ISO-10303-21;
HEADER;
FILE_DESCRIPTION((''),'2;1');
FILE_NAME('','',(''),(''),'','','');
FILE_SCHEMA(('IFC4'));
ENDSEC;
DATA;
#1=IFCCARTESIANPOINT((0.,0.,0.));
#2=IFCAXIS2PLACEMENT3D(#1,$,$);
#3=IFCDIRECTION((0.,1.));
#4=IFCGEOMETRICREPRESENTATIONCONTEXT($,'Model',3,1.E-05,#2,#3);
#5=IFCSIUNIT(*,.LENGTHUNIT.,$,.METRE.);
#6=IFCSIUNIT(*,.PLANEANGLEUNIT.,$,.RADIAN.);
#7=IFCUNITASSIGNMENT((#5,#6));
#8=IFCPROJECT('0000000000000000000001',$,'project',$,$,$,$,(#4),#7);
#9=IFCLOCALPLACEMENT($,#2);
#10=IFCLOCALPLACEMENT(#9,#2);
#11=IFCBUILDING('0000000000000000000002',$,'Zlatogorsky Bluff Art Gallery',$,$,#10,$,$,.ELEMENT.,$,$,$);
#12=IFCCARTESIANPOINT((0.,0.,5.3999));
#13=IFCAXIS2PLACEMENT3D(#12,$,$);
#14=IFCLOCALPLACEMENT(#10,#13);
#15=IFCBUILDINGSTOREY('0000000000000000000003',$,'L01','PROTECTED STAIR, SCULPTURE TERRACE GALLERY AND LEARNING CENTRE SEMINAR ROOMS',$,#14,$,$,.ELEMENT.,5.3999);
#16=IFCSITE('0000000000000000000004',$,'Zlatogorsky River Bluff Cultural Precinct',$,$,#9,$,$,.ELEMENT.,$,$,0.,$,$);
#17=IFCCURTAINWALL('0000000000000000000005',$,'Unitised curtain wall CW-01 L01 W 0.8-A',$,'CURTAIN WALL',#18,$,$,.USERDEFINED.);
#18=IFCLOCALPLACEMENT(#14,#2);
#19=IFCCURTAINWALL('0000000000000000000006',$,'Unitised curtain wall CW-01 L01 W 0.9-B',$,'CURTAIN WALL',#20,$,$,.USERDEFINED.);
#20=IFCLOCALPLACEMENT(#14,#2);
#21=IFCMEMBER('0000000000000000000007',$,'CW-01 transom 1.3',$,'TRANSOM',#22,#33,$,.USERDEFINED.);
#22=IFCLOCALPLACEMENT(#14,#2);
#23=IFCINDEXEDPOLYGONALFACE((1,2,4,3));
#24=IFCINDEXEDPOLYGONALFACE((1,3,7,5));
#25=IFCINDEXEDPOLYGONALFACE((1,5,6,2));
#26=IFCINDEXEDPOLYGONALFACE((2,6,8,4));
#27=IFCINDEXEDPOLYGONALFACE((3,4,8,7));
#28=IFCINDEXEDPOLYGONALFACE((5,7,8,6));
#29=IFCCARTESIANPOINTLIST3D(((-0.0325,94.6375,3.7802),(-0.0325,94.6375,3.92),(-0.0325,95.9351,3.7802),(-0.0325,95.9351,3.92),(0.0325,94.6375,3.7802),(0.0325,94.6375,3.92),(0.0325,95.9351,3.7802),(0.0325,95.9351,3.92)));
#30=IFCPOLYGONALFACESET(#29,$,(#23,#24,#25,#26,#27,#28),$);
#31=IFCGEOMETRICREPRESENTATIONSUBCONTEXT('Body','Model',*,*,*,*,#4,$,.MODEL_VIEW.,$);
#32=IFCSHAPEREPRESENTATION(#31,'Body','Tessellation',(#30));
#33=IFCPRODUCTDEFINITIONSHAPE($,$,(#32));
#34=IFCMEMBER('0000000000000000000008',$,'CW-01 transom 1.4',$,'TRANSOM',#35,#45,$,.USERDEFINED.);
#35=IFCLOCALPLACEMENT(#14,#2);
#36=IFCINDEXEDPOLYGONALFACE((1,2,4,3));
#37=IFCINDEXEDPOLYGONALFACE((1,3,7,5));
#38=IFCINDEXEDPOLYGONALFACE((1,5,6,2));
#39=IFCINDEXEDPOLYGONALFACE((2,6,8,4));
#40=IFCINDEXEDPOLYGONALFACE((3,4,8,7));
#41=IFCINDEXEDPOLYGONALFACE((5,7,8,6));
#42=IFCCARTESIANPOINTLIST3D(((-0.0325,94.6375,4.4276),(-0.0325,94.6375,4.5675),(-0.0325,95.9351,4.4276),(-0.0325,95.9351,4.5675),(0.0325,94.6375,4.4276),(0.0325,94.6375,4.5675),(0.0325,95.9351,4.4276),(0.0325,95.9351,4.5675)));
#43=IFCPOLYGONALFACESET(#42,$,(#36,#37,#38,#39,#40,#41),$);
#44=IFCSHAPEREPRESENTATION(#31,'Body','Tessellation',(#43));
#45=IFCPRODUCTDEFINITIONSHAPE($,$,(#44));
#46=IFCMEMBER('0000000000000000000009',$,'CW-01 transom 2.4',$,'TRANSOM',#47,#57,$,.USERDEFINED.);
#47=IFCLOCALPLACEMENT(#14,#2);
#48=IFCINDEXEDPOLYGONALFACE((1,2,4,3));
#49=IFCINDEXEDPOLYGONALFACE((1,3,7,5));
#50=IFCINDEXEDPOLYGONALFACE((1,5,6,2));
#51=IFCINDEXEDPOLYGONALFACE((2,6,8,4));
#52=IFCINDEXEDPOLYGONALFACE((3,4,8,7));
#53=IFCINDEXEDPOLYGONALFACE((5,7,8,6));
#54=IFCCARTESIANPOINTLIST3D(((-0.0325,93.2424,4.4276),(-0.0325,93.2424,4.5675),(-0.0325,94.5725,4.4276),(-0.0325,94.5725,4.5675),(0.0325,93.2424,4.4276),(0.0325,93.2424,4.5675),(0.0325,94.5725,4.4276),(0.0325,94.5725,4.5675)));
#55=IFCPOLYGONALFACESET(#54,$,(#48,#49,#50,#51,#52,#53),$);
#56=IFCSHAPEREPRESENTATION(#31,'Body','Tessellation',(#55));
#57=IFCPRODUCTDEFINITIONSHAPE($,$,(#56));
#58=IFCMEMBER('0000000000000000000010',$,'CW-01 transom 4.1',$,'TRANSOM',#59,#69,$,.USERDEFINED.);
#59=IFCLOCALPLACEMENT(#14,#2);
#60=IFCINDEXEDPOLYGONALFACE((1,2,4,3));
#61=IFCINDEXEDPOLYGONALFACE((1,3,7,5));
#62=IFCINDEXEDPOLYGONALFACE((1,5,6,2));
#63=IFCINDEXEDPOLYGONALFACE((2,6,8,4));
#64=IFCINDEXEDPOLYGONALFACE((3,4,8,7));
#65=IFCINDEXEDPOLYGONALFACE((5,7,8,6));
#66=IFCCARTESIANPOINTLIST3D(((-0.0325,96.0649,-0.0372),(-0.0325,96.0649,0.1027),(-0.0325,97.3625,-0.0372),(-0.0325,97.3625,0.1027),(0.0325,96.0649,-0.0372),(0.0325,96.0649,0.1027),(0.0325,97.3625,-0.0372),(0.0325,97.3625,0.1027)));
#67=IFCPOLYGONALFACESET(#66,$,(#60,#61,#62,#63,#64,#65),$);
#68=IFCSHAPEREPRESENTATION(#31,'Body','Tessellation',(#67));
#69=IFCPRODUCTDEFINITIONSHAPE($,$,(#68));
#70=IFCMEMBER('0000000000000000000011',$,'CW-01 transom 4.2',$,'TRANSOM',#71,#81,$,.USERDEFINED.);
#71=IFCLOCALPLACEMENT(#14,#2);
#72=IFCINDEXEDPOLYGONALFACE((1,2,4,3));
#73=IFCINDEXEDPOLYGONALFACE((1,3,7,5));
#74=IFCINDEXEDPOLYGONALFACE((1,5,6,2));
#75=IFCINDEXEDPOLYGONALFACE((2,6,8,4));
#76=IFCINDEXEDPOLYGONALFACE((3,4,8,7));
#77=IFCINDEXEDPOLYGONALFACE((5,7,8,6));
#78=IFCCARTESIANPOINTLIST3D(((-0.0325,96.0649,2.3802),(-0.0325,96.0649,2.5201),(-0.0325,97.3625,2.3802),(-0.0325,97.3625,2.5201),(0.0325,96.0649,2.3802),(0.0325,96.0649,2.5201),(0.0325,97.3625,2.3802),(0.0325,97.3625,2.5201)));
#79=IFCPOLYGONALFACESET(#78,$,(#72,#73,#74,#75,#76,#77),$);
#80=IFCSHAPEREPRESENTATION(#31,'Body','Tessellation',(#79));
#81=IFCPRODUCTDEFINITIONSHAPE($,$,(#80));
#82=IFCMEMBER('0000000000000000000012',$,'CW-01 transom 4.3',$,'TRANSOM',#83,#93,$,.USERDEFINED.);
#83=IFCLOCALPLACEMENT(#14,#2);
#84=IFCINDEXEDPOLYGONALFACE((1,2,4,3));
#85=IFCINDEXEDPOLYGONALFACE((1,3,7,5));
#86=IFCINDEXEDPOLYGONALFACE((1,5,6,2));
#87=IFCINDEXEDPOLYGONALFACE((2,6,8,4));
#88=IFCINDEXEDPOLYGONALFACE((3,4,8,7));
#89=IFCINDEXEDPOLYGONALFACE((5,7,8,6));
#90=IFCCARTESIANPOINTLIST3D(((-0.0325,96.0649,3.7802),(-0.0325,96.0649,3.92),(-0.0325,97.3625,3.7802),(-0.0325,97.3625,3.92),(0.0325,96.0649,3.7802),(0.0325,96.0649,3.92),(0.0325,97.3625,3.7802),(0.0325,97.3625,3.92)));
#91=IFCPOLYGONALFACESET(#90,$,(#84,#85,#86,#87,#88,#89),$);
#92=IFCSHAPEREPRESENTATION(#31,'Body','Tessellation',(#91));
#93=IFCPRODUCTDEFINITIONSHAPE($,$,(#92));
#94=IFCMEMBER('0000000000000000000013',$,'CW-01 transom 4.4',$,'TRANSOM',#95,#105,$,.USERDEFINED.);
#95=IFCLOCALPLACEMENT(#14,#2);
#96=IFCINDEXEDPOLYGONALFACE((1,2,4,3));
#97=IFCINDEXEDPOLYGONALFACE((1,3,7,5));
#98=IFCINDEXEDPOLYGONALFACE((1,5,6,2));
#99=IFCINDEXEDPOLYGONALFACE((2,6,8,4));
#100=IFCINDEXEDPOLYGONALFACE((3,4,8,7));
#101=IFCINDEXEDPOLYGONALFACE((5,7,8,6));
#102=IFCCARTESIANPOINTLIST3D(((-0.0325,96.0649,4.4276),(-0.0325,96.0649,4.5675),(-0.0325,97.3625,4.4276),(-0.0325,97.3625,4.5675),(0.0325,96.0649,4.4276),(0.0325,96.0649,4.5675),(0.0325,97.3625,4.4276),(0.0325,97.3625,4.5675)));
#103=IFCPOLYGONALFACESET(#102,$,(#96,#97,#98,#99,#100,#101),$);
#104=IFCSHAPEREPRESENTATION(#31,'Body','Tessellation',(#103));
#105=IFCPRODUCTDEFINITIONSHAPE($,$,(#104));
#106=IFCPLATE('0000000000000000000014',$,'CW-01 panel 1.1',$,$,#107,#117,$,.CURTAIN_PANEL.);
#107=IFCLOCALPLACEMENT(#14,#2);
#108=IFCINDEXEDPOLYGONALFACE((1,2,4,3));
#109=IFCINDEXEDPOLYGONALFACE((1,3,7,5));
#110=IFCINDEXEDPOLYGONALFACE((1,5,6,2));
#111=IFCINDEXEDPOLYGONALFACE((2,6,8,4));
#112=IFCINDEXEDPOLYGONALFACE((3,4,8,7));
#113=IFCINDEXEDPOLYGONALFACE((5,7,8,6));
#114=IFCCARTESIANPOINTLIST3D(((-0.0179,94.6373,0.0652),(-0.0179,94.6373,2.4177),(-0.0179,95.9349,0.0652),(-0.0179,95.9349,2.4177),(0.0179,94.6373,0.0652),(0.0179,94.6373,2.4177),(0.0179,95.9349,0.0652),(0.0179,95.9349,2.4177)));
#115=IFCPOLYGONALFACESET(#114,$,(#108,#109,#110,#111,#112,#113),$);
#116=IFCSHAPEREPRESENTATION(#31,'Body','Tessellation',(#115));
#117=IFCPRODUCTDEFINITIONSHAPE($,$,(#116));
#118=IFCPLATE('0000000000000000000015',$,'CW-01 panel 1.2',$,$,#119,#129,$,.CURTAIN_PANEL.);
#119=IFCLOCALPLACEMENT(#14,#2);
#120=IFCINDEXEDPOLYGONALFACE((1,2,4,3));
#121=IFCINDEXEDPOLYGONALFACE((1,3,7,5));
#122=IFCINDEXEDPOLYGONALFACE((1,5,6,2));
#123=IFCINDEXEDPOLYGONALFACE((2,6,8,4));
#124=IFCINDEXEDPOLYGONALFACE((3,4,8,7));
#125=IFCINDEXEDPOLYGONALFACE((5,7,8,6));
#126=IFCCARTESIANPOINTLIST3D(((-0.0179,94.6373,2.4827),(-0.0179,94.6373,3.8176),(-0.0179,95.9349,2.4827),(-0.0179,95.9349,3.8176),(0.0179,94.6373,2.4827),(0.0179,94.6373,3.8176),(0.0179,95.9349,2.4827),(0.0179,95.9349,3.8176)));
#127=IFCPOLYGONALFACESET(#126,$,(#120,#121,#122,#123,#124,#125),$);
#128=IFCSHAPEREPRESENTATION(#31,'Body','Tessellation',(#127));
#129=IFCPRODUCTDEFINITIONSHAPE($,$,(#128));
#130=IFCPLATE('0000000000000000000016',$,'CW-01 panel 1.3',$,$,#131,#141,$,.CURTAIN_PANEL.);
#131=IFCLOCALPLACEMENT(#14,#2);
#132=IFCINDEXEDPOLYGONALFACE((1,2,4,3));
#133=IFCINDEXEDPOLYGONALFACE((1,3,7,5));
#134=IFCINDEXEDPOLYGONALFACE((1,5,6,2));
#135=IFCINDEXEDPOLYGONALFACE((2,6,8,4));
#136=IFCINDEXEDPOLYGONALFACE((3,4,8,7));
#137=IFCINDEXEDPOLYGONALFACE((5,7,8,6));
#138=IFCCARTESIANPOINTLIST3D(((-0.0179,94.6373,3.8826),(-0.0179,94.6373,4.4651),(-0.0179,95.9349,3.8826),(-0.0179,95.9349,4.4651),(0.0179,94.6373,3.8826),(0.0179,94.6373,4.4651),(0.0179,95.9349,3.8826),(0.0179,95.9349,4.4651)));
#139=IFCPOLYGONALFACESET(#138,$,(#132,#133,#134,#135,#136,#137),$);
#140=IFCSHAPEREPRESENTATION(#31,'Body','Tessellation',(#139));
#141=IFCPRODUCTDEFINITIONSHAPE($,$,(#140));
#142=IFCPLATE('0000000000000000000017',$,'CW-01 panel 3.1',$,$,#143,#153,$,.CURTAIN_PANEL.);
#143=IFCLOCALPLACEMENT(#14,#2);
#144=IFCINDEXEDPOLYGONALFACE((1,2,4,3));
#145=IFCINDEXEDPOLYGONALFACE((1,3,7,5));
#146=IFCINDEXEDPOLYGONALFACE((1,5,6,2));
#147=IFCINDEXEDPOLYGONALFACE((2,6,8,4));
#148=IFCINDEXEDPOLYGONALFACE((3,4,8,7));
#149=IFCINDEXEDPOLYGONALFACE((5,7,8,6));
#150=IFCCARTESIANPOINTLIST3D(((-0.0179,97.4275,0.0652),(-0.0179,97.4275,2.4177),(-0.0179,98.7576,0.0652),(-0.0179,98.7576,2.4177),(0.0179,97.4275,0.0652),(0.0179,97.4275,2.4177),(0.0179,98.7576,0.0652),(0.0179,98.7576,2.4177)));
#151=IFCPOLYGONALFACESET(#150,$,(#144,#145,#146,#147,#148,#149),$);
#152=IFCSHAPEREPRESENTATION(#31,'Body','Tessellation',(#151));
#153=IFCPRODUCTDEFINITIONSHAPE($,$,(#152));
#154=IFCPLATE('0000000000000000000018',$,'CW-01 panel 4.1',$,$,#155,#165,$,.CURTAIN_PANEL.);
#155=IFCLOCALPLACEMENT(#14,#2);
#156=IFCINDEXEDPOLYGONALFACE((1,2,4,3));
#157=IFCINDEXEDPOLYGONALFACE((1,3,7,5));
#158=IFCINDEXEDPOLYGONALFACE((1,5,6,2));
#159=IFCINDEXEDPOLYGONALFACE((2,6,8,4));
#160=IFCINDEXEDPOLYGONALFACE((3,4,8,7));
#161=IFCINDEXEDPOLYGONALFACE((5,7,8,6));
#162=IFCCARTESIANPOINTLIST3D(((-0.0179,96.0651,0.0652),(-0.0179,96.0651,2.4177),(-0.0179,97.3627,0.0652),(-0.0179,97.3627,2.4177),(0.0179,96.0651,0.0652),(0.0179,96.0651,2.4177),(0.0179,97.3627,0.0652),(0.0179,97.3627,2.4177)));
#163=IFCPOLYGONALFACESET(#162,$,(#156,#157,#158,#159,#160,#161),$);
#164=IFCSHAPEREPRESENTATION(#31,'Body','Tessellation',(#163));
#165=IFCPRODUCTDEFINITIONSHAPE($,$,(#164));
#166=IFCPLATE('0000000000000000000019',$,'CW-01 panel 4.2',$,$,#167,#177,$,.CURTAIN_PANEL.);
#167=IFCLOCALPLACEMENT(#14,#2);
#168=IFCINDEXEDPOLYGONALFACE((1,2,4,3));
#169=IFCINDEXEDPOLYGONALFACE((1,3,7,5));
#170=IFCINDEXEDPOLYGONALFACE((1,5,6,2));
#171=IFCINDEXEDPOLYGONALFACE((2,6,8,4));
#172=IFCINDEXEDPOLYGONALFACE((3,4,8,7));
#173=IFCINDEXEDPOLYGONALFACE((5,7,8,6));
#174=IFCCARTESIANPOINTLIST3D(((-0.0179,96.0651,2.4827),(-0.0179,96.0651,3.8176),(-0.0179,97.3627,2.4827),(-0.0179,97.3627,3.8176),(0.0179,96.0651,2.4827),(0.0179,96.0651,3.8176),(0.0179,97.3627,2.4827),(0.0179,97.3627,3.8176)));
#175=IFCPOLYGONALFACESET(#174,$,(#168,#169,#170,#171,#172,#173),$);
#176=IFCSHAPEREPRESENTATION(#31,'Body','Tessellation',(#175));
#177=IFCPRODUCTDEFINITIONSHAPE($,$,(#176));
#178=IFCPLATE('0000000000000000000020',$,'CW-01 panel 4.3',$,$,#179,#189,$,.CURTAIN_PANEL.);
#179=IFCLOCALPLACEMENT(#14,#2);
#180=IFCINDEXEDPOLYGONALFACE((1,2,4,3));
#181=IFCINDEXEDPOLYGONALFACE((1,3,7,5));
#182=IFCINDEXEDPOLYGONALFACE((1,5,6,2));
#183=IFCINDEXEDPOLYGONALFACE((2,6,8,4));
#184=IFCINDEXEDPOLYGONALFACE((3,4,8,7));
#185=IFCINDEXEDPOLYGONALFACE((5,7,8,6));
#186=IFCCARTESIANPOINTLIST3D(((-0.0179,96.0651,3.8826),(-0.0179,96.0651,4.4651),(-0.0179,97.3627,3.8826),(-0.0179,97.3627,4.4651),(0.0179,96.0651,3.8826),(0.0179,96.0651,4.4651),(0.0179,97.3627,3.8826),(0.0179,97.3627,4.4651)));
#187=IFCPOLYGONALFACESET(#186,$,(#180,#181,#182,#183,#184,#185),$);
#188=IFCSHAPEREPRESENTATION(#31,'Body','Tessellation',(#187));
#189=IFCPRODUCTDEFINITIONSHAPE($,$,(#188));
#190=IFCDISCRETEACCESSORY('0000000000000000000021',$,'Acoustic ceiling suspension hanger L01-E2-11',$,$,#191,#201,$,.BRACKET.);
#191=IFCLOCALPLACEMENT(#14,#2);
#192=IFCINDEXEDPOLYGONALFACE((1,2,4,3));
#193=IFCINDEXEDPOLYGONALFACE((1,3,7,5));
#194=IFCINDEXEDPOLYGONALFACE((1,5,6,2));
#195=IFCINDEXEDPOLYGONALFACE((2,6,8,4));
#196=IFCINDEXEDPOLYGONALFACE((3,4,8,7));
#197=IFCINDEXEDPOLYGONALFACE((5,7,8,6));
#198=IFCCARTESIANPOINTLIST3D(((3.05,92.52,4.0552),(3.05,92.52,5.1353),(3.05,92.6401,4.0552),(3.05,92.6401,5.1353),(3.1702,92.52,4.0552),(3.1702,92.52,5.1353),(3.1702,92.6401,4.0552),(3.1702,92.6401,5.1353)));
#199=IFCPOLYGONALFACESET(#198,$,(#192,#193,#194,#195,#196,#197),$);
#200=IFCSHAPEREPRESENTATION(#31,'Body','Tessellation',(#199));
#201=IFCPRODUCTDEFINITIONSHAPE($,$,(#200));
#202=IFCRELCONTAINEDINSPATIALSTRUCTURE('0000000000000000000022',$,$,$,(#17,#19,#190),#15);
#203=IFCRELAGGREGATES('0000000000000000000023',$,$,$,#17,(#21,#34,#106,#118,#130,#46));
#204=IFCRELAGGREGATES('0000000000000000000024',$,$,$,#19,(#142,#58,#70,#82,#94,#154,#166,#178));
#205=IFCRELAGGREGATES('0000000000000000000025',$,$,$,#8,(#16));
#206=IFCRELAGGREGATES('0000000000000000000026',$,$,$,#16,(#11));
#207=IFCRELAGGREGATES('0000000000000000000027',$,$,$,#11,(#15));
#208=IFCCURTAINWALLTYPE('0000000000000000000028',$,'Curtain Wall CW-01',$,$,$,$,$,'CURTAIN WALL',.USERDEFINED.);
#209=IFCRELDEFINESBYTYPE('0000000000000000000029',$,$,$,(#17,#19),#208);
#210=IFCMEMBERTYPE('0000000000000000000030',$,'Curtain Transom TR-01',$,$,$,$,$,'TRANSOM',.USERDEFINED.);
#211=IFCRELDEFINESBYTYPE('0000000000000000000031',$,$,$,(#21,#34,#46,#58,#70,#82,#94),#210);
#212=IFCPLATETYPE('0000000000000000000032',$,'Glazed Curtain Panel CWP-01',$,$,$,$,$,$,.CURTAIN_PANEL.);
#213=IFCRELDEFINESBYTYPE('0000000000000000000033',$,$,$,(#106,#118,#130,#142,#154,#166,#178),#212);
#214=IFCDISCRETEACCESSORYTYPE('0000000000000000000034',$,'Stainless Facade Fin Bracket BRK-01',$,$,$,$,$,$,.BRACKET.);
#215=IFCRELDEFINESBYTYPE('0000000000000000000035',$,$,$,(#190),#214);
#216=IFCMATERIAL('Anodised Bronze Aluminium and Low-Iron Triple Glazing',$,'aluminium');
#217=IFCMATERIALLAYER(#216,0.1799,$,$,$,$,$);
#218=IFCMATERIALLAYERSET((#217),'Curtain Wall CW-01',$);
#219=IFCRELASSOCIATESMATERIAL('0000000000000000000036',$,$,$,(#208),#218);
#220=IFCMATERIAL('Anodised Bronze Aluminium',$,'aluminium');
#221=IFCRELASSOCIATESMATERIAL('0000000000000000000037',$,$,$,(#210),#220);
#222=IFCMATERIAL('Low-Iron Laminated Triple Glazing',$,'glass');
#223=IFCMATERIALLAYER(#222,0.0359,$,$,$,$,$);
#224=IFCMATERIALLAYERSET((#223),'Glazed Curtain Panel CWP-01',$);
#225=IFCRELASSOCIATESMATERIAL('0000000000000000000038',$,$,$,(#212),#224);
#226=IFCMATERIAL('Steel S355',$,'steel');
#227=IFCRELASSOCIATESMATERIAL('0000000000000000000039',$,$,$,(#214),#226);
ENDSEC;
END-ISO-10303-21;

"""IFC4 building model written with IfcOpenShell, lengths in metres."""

from ifc_helpers import new_model, si_unit, direction, frame, origin, origin_2d, place, context, subcontext, project, spatial, rectangle, extrude, material, layer, layer_set, material_profile, profile_set, type_object, element, aggregate, save


model = new_model("IFC4")

# Units and contexts
model_context = context("Model", 3, precision=1e-05, world=origin(), true_north=direction((0.0, 1.0)))
body_context = subcontext(model_context, "Body", "Model", "MODEL_VIEW")
ifc_project = project(units=[si_unit("LENGTHUNIT", "METRE"), si_unit("PLANEANGLEUNIT", "RADIAN")], contexts=[model_context])

# Site, building, storey
site_placement = place(None, origin())
site = spatial("IfcSite", under=ifc_project, at=site_placement, Name="Zlatogorsky River Bluff Cultural Precinct", CompositionType="ELEMENT", RefElevation=0.0)
building_placement = place(site_placement, origin())
building = spatial("IfcBuilding", under=site, at=building_placement, Name="Zlatogorsky Bluff Art Gallery", CompositionType="ELEMENT")
storey_placement = place(building_placement, frame((0.0, 0.0, 5.3999)))
storey = spatial("IfcBuildingStorey", under=building, at=storey_placement, Name="L01", Description="PROTECTED STAIR, SCULPTURE TERRACE GALLERY AND LEARNING CENTRE SEMINAR ROOMS", CompositionType="ELEMENT", Elevation=5.3999)

# Shared definitions
ifc_material_1 = material(Name="Steel S355", Category="steel")

# Curtain walls
ifc_material_2 = material(Name="Anodised Bronze Aluminium and Low-Iron Triple Glazing", Category="aluminium")
ifc_layer_1 = layer(ifc_material_2, 0.1799)
ifc_layer_set_1 = layer_set([ifc_layer_1], Name="Curtain Wall CW-01")
curtain_wall_type = type_object("IfcCurtainWallType", Name="Curtain Wall CW-01", ElementType="CURTAIN WALL", PredefinedType="USERDEFINED", material=ifc_layer_set_1)
curtain_wall_1_placement = place(storey_placement, origin())
curtain_wall_1 = element("IfcCurtainWall", 1, at=curtain_wall_1_placement, inside=storey, type_object=curtain_wall_type, Name="Unitised curtain wall CW-01 L01 W 0.8-A", ObjectType="CURTAIN WALL", PredefinedType="USERDEFINED")
ifc_material_3 = material(Name="Anodised Bronze Aluminium", Category="aluminium")
curtain_wall_2_placement = place(storey_placement, origin())
curtain_wall_2 = element("IfcCurtainWall", 2, at=curtain_wall_2_placement, inside=storey, type_object=curtain_wall_type, Name="Unitised curtain wall CW-01 L01 W 0.9-B", ObjectType="CURTAIN WALL", PredefinedType="USERDEFINED")

# Members
ifc_material_profile_1 = material_profile(ifc_material_3, rectangle(XDim=0.0649, YDim=0.1399, at=origin_2d()), Name="ALU TRANSOM 65x140")
ifc_profile_set_1 = profile_set([ifc_material_profile_1], Name="Anodised Bronze Aluminium")
member_type_1 = type_object("IfcMemberType", Name="Curtain Transom TR-01", ElementType="TRANSOM", PredefinedType="USERDEFINED", material=ifc_profile_set_1)
member_1_placement = place(storey_placement, frame((0.0, 95.9351, 3.8501), z_axis=(0.0, -1.0, 0.0), x_axis=(1.0, 0.0, 0.0)))
member_1 = element("IfcMember", 3, at=member_1_placement, type_object=member_type_1, Name="CW-01 transom 1.3", ObjectType="TRANSOM", PredefinedType="USERDEFINED", context=body_context, shape_type="SweptSolid", body=[
    extrude(rectangle(XDim=0.0649, YDim=0.1399, at=origin_2d()), origin(), (0.0, 0.0, 1.0), 1.2976),
])
member_2_placement = place(storey_placement, frame((0.0, 95.9351, 4.4976), z_axis=(0.0, -1.0, 0.0), x_axis=(1.0, 0.0, 0.0)))
member_2 = element("IfcMember", 4, at=member_2_placement, type_object=member_type_1, Name="CW-01 transom 1.4", ObjectType="TRANSOM", PredefinedType="USERDEFINED", context=body_context, shape_type="SweptSolid", body=[
    extrude(rectangle(XDim=0.0649, YDim=0.1399, at=origin_2d()), origin(), (0.0, 0.0, 1.0), 1.2976),
])
member_3_placement = place(storey_placement, frame((0.0, 94.5725, 4.4976), z_axis=(0.0, -1.0, 0.0), x_axis=(1.0, 0.0, 0.0)))
member_3 = element("IfcMember", 5, at=member_3_placement, type_object=member_type_1, Name="CW-01 transom 2.4", ObjectType="TRANSOM", PredefinedType="USERDEFINED", context=body_context, shape_type="SweptSolid", body=[
    extrude(rectangle(XDim=0.0649, YDim=0.1399, at=origin_2d()), origin(), (0.0, 0.0, 1.0), 1.3301),
])
member_4_placement = place(storey_placement, frame((0.0, 97.3625, 0.0327), z_axis=(0.0, -1.0, 0.0), x_axis=(1.0, 0.0, 0.0)))
member_4 = element("IfcMember", 6, at=member_4_placement, type_object=member_type_1, Name="CW-01 transom 4.1", ObjectType="TRANSOM", PredefinedType="USERDEFINED", context=body_context, shape_type="SweptSolid", body=[
    extrude(rectangle(XDim=0.0649, YDim=0.1399, at=origin_2d()), origin(), (0.0, 0.0, 1.0), 1.2976),
])
member_5_placement = place(storey_placement, frame((0.0, 97.3625, 2.4502), z_axis=(0.0, -1.0, 0.0), x_axis=(1.0, 0.0, 0.0)))
member_5 = element("IfcMember", 7, at=member_5_placement, type_object=member_type_1, Name="CW-01 transom 4.2", ObjectType="TRANSOM", PredefinedType="USERDEFINED", context=body_context, shape_type="SweptSolid", body=[
    extrude(rectangle(XDim=0.0649, YDim=0.1399, at=origin_2d()), origin(), (0.0, 0.0, 1.0), 1.2976),
])
member_6_placement = place(storey_placement, frame((0.0, 97.3625, 3.8501), z_axis=(0.0, -1.0, 0.0), x_axis=(1.0, 0.0, 0.0)))
member_6 = element("IfcMember", 8, at=member_6_placement, type_object=member_type_1, Name="CW-01 transom 4.3", ObjectType="TRANSOM", PredefinedType="USERDEFINED", context=body_context, shape_type="SweptSolid", body=[
    extrude(rectangle(XDim=0.0649, YDim=0.1399, at=origin_2d()), origin(), (0.0, 0.0, 1.0), 1.2976),
])
member_7_placement = place(storey_placement, frame((0.0, 97.3625, 4.4976), z_axis=(0.0, -1.0, 0.0), x_axis=(1.0, 0.0, 0.0)))
member_7 = element("IfcMember", 9, at=member_7_placement, type_object=member_type_1, Name="CW-01 transom 4.4", ObjectType="TRANSOM", PredefinedType="USERDEFINED", context=body_context, shape_type="SweptSolid", body=[
    extrude(rectangle(XDim=0.0649, YDim=0.1399, at=origin_2d()), origin(), (0.0, 0.0, 1.0), 1.2976),
])

# Plates
ifc_material_4 = material(Name="Low-Iron Laminated Triple Glazing", Category="glass")
ifc_layer_2 = layer(ifc_material_4, 0.0359)
ifc_layer_set_2 = layer_set([ifc_layer_2], Name="Glazed Curtain Panel CWP-01")
plate_type = type_object("IfcPlateType", Name="Glazed Curtain Panel CWP-01", PredefinedType="CURTAIN_PANEL", material=ifc_layer_set_2)
plate_1_placement = place(storey_placement, frame((0.0, 95.2861, 0.0652), z_axis=(0.0, 0.0, 1.0), x_axis=(0.0, -1.0, 0.0)))
plate_1 = element("IfcPlate", 10, at=plate_1_placement, type_object=plate_type, Name="CW-01 panel 1.1", PredefinedType="CURTAIN_PANEL", context=body_context, shape_type="SweptSolid", body=[
    extrude(rectangle(XDim=1.2976, YDim=0.0359, at=origin_2d()), origin(), (0.0, 0.0, 1.0), 2.3525),
])
plate_2_placement = place(storey_placement, frame((0.0, 95.2861, 2.4827), z_axis=(0.0, 0.0, 1.0), x_axis=(0.0, -1.0, 0.0)))
plate_2 = element("IfcPlate", 11, at=plate_2_placement, type_object=plate_type, Name="CW-01 panel 1.2", PredefinedType="CURTAIN_PANEL", context=body_context, shape_type="SweptSolid", body=[
    extrude(rectangle(XDim=1.2976, YDim=0.0359, at=origin_2d()), origin(), (0.0, 0.0, 1.0), 1.335),
])
plate_3_placement = place(storey_placement, frame((0.0, 95.2861, 3.8826), z_axis=(0.0, 0.0, 1.0), x_axis=(0.0, -1.0, 0.0)))
plate_3 = element("IfcPlate", 12, at=plate_3_placement, type_object=plate_type, Name="CW-01 panel 1.3", PredefinedType="CURTAIN_PANEL", context=body_context, shape_type="SweptSolid", body=[
    extrude(rectangle(XDim=1.2976, YDim=0.0359, at=origin_2d()), origin(), (0.0, 0.0, 1.0), 0.5825),
])
aggregate(curtain_wall_1, [member_1, member_2, plate_1, plate_2, plate_3, member_3])
plate_4_placement = place(storey_placement, frame((0.0, 98.0925, 0.0652), z_axis=(0.0, 0.0, 1.0), x_axis=(0.0, -1.0, 0.0)))
plate_4 = element("IfcPlate", 13, at=plate_4_placement, type_object=plate_type, Name="CW-01 panel 3.1", PredefinedType="CURTAIN_PANEL", context=body_context, shape_type="SweptSolid", body=[
    extrude(rectangle(XDim=1.3301, YDim=0.0359, at=origin_2d()), origin(), (0.0, 0.0, 1.0), 2.3525),
])
plate_5_placement = place(storey_placement, frame((0.0, 96.7139, 0.0652), z_axis=(0.0, 0.0, 1.0), x_axis=(0.0, -1.0, 0.0)))
plate_5 = element("IfcPlate", 14, at=plate_5_placement, type_object=plate_type, Name="CW-01 panel 4.1", PredefinedType="CURTAIN_PANEL", context=body_context, shape_type="SweptSolid", body=[
    extrude(rectangle(XDim=1.2976, YDim=0.0359, at=origin_2d()), origin(), (0.0, 0.0, 1.0), 2.3525),
])
plate_6_placement = place(storey_placement, frame((0.0, 96.7139, 2.4827), z_axis=(0.0, 0.0, 1.0), x_axis=(0.0, -1.0, 0.0)))
plate_6 = element("IfcPlate", 15, at=plate_6_placement, type_object=plate_type, Name="CW-01 panel 4.2", PredefinedType="CURTAIN_PANEL", context=body_context, shape_type="SweptSolid", body=[
    extrude(rectangle(XDim=1.2976, YDim=0.0359, at=origin_2d()), origin(), (0.0, 0.0, 1.0), 1.335),
])
plate_7_placement = place(storey_placement, frame((0.0, 96.7139, 3.8826), z_axis=(0.0, 0.0, 1.0), x_axis=(0.0, -1.0, 0.0)))
plate_7 = element("IfcPlate", 16, at=plate_7_placement, type_object=plate_type, Name="CW-01 panel 4.3", PredefinedType="CURTAIN_PANEL", context=body_context, shape_type="SweptSolid", body=[
    extrude(rectangle(XDim=1.2976, YDim=0.0359, at=origin_2d()), origin(), (0.0, 0.0, 1.0), 0.5825),
])
aggregate(curtain_wall_2, [plate_4, member_4, member_5, member_6, member_7, plate_5, plate_6, plate_7])

# Discrete accessory
discrete_accessory_type = type_object("IfcDiscreteAccessoryType", Name="Stainless Facade Fin Bracket BRK-01", PredefinedType="BRACKET", material=ifc_material_1)
discrete_accessory_placement = place(storey_placement, frame((3.1101, 92.5801, 4.0552), z_axis=(0.0, 0.0, 1.0), x_axis=(1.0, 0.0, 0.0)))
element("IfcDiscreteAccessory", 17, at=discrete_accessory_placement, inside=storey, type_object=discrete_accessory_type, Name="Acoustic ceiling suspension hanger L01-E2-11", PredefinedType="BRACKET", context=body_context, shape_type="SweptSolid", body=[
    extrude(rectangle(XDim=0.1201, YDim=0.1201, at=origin_2d()), origin(), (0.0, 0.0, 1.0), 1.0801),
])

save(model, "model.ifc")
